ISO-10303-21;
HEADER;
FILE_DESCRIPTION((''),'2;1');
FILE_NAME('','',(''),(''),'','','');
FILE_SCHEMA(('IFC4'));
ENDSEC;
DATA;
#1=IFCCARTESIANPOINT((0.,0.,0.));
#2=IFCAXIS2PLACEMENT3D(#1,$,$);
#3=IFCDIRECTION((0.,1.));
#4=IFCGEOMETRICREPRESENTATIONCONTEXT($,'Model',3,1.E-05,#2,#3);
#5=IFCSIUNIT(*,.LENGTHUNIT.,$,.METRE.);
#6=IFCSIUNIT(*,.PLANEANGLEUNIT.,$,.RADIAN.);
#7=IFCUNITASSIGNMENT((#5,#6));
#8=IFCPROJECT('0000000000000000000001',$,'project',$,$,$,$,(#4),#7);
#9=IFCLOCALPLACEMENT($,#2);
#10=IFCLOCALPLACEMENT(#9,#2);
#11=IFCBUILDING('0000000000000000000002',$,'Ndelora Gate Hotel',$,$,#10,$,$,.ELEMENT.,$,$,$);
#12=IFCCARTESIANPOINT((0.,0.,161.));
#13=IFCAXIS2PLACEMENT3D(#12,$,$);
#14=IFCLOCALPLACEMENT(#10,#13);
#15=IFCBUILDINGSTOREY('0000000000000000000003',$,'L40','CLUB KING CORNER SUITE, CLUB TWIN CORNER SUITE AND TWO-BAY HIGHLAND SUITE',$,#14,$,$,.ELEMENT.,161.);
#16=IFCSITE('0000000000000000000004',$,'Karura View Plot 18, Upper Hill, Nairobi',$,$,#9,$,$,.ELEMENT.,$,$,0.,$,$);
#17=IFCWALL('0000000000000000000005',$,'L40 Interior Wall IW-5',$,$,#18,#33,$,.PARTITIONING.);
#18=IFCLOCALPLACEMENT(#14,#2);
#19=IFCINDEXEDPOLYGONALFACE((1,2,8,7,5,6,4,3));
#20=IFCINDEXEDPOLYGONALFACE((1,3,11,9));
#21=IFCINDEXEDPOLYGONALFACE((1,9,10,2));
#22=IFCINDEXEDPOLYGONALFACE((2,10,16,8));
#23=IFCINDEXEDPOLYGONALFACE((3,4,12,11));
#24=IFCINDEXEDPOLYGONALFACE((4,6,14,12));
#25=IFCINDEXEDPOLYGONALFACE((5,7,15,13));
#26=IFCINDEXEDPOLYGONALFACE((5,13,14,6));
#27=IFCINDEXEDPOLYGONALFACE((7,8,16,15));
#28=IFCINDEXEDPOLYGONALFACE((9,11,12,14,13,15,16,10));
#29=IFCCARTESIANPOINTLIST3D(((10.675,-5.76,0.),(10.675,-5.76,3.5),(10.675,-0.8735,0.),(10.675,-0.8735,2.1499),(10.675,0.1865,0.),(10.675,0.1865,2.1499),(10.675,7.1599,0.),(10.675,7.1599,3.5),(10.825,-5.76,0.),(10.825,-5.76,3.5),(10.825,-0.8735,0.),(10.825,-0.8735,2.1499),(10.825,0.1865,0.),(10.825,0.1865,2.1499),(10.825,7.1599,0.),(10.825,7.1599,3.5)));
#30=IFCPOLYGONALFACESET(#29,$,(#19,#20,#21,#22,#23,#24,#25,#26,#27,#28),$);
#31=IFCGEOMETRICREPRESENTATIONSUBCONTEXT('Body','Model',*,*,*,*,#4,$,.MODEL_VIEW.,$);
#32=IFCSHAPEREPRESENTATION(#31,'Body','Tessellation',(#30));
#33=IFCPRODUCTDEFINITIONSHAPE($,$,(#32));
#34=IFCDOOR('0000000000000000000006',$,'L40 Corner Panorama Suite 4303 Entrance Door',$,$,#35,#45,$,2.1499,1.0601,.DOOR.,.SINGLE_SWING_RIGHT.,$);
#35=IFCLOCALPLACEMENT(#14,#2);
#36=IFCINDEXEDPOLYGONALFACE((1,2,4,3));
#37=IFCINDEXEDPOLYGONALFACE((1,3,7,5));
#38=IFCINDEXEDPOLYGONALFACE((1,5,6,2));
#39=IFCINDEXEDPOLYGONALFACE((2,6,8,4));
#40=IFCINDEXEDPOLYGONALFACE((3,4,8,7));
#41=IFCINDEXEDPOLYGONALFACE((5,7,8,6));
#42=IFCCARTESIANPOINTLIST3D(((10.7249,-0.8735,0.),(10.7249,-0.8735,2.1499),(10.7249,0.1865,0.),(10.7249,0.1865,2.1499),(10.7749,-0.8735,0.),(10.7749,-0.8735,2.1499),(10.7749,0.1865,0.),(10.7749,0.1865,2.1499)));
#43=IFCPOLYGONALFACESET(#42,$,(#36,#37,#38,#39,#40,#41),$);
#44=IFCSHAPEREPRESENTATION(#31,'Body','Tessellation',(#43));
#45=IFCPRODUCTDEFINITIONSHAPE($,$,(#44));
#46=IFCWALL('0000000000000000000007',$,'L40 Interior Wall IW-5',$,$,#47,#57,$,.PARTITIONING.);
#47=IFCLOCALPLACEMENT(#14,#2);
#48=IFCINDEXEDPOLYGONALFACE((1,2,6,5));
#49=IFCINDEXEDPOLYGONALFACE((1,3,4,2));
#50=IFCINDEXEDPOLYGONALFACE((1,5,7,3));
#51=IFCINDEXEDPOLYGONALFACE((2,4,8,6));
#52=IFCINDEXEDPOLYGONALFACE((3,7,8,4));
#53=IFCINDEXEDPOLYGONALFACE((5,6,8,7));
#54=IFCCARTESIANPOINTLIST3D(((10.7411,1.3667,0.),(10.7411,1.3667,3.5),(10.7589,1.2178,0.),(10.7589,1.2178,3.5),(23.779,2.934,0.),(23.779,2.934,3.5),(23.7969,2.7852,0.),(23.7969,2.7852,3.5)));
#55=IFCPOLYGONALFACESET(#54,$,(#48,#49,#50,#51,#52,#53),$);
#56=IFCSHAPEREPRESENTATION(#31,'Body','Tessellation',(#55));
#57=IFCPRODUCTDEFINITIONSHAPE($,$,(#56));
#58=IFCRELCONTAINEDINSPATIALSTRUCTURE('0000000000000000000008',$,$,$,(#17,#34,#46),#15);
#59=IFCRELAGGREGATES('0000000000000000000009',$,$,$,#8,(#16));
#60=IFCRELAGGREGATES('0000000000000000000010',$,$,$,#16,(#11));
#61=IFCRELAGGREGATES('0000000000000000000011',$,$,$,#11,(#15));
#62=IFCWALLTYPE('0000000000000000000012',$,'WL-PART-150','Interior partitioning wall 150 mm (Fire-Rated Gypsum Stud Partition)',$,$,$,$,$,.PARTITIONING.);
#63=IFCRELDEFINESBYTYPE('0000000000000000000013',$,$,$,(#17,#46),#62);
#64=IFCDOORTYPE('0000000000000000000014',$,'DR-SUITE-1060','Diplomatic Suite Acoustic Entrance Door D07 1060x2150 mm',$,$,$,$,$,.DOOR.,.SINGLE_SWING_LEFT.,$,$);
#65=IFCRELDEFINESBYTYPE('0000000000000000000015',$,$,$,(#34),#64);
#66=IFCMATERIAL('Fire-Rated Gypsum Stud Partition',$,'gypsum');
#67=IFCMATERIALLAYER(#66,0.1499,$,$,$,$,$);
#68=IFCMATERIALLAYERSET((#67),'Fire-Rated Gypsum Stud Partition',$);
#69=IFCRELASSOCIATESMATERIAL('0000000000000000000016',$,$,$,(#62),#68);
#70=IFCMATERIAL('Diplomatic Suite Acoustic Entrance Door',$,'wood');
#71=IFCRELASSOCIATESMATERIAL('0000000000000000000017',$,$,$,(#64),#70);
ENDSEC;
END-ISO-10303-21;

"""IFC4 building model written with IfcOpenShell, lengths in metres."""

from ifc_helpers import new_model, si_unit, direction, frame, frame_2d, origin, place, context, subcontext, project, spatial, rectangle, extrude, material, layer, layer_set, type_object, element, fill, save


model = new_model("IFC4")

# Units and contexts
model_context = context("Model", 3, precision=1e-05, world=origin(), true_north=direction((0.0, 1.0)))
body_context = subcontext(model_context, "Body", "Model", "MODEL_VIEW")
ifc_project = project(units=[si_unit("LENGTHUNIT", "METRE"), si_unit("PLANEANGLEUNIT", "RADIAN")], contexts=[model_context])

# Site, building, storey
site_placement = place(None, origin())
site = spatial("IfcSite", under=ifc_project, at=site_placement, Name="Karura View Plot 18, Upper Hill, Nairobi", CompositionType="ELEMENT", RefElevation=0.0)
building_placement = place(site_placement, origin())
building = spatial("IfcBuilding", under=site, at=building_placement, Name="Ndelora Gate Hotel", CompositionType="ELEMENT")
storey_placement = place(building_placement, frame((0.0, 0.0, 161.0)))
storey = spatial("IfcBuildingStorey", under=building, at=storey_placement, Name="L40", Description="CLUB KING CORNER SUITE, CLUB TWIN CORNER SUITE AND TWO-BAY HIGHLAND SUITE", CompositionType="ELEMENT", Elevation=161.0)

# Wall, opening, door
ifc_material_1 = material(Name="Fire-Rated Gypsum Stud Partition", Category="gypsum")
ifc_layer_1 = layer(ifc_material_1, 0.1499)
ifc_layer_set_1 = layer_set([ifc_layer_1], Name="Fire-Rated Gypsum Stud Partition")
wall_type_1 = type_object("IfcWallType", Name="WL-PART-150", Description="Interior partitioning wall 150 mm (Fire-Rated Gypsum Stud Partition)", PredefinedType="PARTITIONING", material=ifc_layer_set_1)
wall_1_placement = place(storey_placement, frame((10.75, 7.1599, 0.0), z_axis=(0.0, 0.0, 1.0), x_axis=(0.0, -1.0, 0.0)))
wall_1 = element("IfcWall", 1, at=wall_1_placement, inside=storey, type_object=wall_type_1, Name="L40 Interior Wall IW-5", PredefinedType="PARTITIONING", context=body_context, shape_type="SweptSolid", body=[
    extrude(rectangle(XDim=12.9199, YDim=0.1499, at=frame_2d((6.46, 0.0))), origin(), (0.0, 0.0, 1.0), 3.5),
])
opening_1_placement = place(wall_1_placement, frame((6.9734, 0.0, 0.0)))
opening_1 = element("IfcOpeningElement", 2, at=opening_1_placement, cuts=wall_1, PredefinedType="OPENING", context=body_context, shape_type="SweptSolid", body=[
    extrude(rectangle(XDim=1.0601, YDim=2.1499, at=frame_2d((0.53, 1.075))), frame((0.0, 0.085, 0.0), z_axis=(0.0, -1.0, 0.0), x_axis=(1.0, 0.0, 0.0)), (0.0, 0.0, 1.0), 0.1699),
])
ifc_material_2 = material(Name="Diplomatic Suite Acoustic Entrance Door", Category="wood")
door_type = type_object("IfcDoorType", Name="DR-SUITE-1060", Description="Diplomatic Suite Acoustic Entrance Door D07 1060x2150 mm", OperationType="SINGLE_SWING_LEFT", PredefinedType="DOOR", material=ifc_material_2)
door_placement = place(opening_1_placement, origin())
door = element("IfcDoor", 3, at=door_placement, inside=storey, type_object=door_type, Name="L40 Corner Panorama Suite 4303 Entrance Door", OperationType="SINGLE_SWING_RIGHT", OverallHeight=2.1499, OverallWidth=1.0601, PredefinedType="DOOR", context=body_context, shape_type="SweptSolid", body=[
    extrude(rectangle(XDim=1.0601, YDim=2.1499, at=frame_2d((0.53, 1.075))), frame((0.0, 0.0249, 0.0), z_axis=(0.0, -1.0, 0.0), x_axis=(1.0, 0.0, 0.0)), (0.0, 0.0, 1.0), 0.05),
])
fill(opening_1, door)

# Wall
wall_2_placement = place(storey_placement, frame((10.75, 1.2922, 0.0), z_axis=(0.0, 0.0, 1.0), x_axis=(0.992851, 0.119359, 0.0)))
element("IfcWall", 4, at=wall_2_placement, inside=storey, type_object=wall_type_1, Name="L40 Interior Wall IW-5", PredefinedType="PARTITIONING", context=body_context, shape_type="SweptSolid", body=[
    extrude(rectangle(XDim=13.1318, YDim=0.1499, at=frame_2d((6.5659, 0.0))), origin(), (0.0, 0.0, 1.0), 3.5),
])

save(model, "model.ifc")
